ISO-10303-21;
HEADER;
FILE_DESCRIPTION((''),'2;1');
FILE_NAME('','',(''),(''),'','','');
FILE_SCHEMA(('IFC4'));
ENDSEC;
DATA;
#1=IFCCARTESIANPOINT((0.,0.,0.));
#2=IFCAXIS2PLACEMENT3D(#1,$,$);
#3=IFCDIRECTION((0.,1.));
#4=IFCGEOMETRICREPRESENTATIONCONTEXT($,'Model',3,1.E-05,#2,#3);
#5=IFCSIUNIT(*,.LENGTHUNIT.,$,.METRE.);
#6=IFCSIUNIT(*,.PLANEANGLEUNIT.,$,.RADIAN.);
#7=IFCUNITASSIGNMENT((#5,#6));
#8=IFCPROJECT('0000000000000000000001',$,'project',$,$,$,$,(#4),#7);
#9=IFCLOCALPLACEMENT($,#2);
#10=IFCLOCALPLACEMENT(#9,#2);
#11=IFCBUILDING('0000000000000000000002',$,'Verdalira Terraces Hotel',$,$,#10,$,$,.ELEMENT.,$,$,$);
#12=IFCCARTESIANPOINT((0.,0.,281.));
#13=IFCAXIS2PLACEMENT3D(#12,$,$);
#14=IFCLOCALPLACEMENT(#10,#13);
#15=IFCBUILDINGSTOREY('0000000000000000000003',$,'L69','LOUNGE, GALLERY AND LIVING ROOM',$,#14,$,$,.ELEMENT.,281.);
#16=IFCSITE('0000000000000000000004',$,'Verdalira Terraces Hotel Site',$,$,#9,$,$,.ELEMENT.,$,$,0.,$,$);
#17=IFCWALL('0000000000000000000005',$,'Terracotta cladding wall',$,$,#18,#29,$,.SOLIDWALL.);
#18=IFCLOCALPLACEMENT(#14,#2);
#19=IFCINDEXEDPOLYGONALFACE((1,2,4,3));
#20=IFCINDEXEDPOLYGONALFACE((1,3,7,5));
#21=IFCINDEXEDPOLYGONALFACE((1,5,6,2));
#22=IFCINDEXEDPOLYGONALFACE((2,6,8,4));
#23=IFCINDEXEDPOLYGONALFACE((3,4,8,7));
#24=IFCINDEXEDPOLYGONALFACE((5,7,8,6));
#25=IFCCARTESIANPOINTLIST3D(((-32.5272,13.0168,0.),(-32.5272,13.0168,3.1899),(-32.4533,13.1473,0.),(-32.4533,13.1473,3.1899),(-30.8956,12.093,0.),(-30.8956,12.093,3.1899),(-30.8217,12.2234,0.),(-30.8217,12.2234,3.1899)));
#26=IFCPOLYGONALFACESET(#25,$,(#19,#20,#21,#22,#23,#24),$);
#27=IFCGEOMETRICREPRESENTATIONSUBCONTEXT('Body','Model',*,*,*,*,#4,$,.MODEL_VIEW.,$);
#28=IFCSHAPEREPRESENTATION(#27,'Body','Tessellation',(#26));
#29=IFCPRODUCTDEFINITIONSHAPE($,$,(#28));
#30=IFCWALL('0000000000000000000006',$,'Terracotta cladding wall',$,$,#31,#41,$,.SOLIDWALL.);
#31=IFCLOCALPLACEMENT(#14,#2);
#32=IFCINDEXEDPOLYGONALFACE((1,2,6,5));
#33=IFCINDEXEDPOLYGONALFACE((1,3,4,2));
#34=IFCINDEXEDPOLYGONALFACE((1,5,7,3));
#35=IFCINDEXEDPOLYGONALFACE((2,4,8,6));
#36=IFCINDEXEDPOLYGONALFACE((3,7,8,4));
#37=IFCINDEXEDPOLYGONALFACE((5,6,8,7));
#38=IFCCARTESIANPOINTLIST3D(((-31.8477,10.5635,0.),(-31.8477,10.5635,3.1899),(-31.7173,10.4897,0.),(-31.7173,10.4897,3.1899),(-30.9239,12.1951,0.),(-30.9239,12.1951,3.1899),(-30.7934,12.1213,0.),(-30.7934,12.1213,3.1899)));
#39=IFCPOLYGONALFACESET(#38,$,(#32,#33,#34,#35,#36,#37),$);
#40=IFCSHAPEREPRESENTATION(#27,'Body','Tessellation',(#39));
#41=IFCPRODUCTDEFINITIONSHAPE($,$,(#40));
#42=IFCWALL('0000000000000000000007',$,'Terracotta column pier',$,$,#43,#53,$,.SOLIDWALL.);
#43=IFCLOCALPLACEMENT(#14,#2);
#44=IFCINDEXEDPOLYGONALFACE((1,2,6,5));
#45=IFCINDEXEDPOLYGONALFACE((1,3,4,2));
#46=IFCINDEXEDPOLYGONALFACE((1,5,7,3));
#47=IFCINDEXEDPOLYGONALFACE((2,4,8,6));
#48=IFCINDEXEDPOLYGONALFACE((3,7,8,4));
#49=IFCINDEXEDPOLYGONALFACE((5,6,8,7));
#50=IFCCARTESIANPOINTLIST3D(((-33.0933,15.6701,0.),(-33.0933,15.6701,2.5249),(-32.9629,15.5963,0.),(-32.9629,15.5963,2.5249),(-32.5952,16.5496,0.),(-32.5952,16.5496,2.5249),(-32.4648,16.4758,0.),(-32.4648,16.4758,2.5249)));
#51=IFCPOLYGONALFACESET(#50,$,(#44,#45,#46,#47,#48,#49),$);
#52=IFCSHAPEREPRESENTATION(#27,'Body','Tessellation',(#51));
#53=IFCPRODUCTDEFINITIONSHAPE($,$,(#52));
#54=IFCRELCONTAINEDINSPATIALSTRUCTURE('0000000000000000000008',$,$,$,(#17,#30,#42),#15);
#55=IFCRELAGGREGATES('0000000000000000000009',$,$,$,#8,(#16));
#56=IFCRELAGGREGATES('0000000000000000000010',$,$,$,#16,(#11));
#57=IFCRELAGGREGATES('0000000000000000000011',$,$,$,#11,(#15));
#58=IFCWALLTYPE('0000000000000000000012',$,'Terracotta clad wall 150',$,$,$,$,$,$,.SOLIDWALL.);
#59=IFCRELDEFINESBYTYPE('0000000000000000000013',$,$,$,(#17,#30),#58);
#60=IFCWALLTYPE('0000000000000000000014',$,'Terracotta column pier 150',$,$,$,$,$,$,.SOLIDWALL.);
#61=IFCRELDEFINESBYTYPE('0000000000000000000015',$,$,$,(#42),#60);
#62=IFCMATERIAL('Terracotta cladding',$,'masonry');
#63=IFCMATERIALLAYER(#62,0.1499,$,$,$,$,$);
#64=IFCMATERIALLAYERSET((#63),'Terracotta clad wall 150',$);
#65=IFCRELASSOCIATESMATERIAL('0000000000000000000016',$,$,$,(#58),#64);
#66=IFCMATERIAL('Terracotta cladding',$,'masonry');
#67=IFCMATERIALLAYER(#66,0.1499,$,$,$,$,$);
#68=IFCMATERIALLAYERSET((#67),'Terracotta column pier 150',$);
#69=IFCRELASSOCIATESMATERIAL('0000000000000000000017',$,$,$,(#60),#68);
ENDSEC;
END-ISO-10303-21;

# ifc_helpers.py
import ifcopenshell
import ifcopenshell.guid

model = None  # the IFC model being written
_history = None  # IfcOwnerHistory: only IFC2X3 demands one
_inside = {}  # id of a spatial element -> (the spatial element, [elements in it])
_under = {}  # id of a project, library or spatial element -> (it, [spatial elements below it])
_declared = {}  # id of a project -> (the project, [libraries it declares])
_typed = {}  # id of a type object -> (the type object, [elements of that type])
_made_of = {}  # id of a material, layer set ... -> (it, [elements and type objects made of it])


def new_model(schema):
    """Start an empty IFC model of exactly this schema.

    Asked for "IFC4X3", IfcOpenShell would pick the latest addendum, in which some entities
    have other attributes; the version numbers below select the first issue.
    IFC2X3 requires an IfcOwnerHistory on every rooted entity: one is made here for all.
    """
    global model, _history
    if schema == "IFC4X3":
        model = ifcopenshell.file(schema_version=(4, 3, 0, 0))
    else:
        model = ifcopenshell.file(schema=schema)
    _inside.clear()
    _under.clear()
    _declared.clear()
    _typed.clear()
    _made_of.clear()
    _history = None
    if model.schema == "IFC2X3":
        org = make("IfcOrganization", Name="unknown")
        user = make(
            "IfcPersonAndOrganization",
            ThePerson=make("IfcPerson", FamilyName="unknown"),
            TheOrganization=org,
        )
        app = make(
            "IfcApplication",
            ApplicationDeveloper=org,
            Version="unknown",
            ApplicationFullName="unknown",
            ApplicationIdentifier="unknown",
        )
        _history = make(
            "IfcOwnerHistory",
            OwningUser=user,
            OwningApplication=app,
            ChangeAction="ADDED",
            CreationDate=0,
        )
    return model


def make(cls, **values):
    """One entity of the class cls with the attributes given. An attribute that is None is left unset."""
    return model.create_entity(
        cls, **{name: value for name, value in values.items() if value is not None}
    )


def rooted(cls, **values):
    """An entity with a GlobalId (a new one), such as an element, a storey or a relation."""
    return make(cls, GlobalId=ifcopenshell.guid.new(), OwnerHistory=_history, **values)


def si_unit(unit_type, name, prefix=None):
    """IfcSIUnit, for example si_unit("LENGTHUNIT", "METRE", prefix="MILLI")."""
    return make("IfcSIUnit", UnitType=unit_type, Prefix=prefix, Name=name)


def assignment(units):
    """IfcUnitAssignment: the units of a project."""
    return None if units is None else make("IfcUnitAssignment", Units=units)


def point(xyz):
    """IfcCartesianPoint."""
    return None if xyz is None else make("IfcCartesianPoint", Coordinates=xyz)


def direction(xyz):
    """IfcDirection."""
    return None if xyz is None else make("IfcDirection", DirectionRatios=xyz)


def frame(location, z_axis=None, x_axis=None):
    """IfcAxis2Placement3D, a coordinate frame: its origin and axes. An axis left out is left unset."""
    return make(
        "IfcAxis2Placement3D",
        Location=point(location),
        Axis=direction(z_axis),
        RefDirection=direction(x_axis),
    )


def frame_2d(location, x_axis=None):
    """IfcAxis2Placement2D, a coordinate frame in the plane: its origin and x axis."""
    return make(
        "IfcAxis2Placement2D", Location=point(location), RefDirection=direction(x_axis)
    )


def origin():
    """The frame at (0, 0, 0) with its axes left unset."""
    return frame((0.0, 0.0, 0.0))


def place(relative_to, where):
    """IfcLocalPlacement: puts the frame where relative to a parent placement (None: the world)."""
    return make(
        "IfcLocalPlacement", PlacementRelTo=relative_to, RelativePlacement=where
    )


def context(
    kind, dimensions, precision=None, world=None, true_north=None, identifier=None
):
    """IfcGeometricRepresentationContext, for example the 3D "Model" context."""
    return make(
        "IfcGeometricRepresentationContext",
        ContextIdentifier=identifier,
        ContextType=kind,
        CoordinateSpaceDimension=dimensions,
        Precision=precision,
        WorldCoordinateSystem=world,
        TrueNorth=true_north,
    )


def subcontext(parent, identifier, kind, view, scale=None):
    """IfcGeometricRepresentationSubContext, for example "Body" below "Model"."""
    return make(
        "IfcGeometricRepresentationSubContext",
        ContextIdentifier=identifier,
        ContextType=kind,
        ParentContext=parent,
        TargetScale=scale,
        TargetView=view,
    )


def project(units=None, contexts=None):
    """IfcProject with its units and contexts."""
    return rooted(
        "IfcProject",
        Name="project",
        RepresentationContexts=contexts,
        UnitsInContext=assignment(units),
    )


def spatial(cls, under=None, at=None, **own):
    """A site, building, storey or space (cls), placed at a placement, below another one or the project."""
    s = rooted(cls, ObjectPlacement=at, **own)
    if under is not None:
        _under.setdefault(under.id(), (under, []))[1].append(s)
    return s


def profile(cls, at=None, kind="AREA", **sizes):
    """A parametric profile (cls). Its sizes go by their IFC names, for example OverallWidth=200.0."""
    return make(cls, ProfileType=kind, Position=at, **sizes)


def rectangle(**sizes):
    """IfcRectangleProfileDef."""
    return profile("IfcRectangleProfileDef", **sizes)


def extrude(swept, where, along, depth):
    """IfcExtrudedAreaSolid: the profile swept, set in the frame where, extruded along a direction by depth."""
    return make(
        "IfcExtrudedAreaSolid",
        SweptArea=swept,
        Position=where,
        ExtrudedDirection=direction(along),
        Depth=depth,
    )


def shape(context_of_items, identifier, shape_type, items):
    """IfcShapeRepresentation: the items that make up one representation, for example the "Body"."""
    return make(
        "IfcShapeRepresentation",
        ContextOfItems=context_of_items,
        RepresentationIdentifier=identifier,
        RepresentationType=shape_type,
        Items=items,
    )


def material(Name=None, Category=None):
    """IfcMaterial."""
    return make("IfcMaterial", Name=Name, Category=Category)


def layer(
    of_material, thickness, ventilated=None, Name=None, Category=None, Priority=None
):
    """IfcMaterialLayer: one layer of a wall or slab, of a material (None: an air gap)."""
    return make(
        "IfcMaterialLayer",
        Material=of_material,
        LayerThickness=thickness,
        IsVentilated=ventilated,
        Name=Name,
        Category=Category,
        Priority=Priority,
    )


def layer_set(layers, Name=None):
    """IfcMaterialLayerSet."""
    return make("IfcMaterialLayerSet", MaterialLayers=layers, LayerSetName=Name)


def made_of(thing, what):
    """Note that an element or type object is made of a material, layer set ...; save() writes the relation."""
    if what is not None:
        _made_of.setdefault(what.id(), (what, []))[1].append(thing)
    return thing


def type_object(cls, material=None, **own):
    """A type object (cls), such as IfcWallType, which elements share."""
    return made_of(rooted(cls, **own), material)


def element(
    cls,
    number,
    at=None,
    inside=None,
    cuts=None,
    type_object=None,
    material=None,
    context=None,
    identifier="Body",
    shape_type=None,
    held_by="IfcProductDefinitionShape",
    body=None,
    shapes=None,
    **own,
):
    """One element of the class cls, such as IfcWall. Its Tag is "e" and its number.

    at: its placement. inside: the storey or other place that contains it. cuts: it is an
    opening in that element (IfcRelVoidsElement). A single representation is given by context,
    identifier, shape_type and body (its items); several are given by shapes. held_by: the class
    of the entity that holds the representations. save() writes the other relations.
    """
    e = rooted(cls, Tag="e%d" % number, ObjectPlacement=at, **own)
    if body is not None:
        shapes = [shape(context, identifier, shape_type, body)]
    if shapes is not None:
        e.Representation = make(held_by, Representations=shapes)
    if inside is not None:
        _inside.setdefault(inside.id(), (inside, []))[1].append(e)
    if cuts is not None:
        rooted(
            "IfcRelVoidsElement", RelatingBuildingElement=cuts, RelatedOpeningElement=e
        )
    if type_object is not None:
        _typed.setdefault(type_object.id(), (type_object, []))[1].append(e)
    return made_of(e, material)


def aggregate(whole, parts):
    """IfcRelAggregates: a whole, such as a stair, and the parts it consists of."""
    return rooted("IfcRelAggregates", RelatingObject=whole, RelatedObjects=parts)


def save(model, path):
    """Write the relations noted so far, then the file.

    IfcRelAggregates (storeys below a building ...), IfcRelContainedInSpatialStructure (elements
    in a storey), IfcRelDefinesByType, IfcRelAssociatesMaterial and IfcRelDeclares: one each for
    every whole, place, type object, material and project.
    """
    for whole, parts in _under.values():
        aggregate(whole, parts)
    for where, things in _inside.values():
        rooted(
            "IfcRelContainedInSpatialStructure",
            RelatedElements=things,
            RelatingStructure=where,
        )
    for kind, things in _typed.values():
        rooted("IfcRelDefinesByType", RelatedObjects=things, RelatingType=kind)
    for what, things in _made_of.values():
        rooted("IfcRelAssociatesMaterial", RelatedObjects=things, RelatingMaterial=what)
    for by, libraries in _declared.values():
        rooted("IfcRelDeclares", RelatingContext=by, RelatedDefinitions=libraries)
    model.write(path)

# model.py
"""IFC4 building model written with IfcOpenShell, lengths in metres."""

from ifc_helpers import new_model, si_unit, direction, frame, frame_2d, origin, place, context, subcontext, project, spatial, rectangle, extrude, material, layer, layer_set, type_object, element, save


model = new_model("IFC4")

# Units and contexts
model_context = context("Model", 3, precision=1e-05, world=origin(), true_north=direction((0.0, 1.0)))
body_context = subcontext(model_context, "Body", "Model", "MODEL_VIEW")
ifc_project = project(units=[si_unit("LENGTHUNIT", "METRE"), si_unit("PLANEANGLEUNIT", "RADIAN")], contexts=[model_context])

# Site, building, storey
site_placement = place(None, origin())
site = spatial("IfcSite", under=ifc_project, at=site_placement, Name="Verdalira Terraces Hotel Site", CompositionType="ELEMENT", RefElevation=0.0)
building_placement = place(site_placement, origin())
building = spatial("IfcBuilding", under=site, at=building_placement, Name="Verdalira Terraces Hotel", CompositionType="ELEMENT")
storey_placement = place(building_placement, frame((0.0, 0.0, 281.0)))
storey = spatial("IfcBuildingStorey", under=building, at=storey_placement, Name="L69", Description="LOUNGE, GALLERY AND LIVING ROOM", CompositionType="ELEMENT", Elevation=281.0)

# Walls
ifc_material_1 = material(Name="Terracotta cladding", Category="masonry")
ifc_layer_1 = layer(ifc_material_1, 0.1499)
ifc_layer_set_1 = layer_set([ifc_layer_1], Name="Terracotta clad wall 150")
wall_type_1 = type_object("IfcWallType", Name="Terracotta clad wall 150", PredefinedType="SOLIDWALL", material=ifc_layer_set_1)
for number, where, z_axis, x_axis, name in (
    (1, (-32.4902, 13.082, 0.0), (0.0, 0.0, 1.0), (0.870192, -0.492714, 0.0), "Terracotta cladding wall"),
    (2, (-30.8586, 12.1582, 0.0), (0.0, 0.0, 1.0), (-0.492714, -0.870192, 0.0), "Terracotta cladding wall"),
):
    element("IfcWall", number, at=place(storey_placement, frame(where, z_axis=z_axis, x_axis=x_axis)), inside=storey, type_object=wall_type_1, Name=name, PredefinedType="SOLIDWALL", context=body_context, shape_type="SweptSolid", body=[
        extrude(rectangle(XDim=1.875, YDim=0.1499, at=frame_2d((0.9375, 0.0))), origin(), (0.0, 0.0, 1.0), 3.1899),
    ])
ifc_material_2 = material(Name="Terracotta cladding", Category="masonry")
ifc_layer_2 = layer(ifc_material_2, 0.1499)
ifc_layer_set_2 = layer_set([ifc_layer_2], Name="Terracotta column pier 150")
wall_type_2 = type_object("IfcWallType", Name="Terracotta column pier 150", PredefinedType="SOLIDWALL", material=ifc_layer_set_2)
wall_1_placement = place(storey_placement, frame((-32.53, 16.5127, 0.0), z_axis=(0.0, 0.0, 1.0), x_axis=(-0.492805, -0.87014, 0.0)))
element("IfcWall", 3, at=wall_1_placement, inside=storey, type_object=wall_type_2, Name="Terracotta column pier", PredefinedType="SOLIDWALL", context=body_context, shape_type="SweptSolid", body=[
    extrude(rectangle(XDim=1.0107, YDim=0.1499, at=frame_2d((0.5054, 0.0))), origin(), (0.0, 0.0, 1.0), 2.5249),
])

save(model, "model.ifc")
